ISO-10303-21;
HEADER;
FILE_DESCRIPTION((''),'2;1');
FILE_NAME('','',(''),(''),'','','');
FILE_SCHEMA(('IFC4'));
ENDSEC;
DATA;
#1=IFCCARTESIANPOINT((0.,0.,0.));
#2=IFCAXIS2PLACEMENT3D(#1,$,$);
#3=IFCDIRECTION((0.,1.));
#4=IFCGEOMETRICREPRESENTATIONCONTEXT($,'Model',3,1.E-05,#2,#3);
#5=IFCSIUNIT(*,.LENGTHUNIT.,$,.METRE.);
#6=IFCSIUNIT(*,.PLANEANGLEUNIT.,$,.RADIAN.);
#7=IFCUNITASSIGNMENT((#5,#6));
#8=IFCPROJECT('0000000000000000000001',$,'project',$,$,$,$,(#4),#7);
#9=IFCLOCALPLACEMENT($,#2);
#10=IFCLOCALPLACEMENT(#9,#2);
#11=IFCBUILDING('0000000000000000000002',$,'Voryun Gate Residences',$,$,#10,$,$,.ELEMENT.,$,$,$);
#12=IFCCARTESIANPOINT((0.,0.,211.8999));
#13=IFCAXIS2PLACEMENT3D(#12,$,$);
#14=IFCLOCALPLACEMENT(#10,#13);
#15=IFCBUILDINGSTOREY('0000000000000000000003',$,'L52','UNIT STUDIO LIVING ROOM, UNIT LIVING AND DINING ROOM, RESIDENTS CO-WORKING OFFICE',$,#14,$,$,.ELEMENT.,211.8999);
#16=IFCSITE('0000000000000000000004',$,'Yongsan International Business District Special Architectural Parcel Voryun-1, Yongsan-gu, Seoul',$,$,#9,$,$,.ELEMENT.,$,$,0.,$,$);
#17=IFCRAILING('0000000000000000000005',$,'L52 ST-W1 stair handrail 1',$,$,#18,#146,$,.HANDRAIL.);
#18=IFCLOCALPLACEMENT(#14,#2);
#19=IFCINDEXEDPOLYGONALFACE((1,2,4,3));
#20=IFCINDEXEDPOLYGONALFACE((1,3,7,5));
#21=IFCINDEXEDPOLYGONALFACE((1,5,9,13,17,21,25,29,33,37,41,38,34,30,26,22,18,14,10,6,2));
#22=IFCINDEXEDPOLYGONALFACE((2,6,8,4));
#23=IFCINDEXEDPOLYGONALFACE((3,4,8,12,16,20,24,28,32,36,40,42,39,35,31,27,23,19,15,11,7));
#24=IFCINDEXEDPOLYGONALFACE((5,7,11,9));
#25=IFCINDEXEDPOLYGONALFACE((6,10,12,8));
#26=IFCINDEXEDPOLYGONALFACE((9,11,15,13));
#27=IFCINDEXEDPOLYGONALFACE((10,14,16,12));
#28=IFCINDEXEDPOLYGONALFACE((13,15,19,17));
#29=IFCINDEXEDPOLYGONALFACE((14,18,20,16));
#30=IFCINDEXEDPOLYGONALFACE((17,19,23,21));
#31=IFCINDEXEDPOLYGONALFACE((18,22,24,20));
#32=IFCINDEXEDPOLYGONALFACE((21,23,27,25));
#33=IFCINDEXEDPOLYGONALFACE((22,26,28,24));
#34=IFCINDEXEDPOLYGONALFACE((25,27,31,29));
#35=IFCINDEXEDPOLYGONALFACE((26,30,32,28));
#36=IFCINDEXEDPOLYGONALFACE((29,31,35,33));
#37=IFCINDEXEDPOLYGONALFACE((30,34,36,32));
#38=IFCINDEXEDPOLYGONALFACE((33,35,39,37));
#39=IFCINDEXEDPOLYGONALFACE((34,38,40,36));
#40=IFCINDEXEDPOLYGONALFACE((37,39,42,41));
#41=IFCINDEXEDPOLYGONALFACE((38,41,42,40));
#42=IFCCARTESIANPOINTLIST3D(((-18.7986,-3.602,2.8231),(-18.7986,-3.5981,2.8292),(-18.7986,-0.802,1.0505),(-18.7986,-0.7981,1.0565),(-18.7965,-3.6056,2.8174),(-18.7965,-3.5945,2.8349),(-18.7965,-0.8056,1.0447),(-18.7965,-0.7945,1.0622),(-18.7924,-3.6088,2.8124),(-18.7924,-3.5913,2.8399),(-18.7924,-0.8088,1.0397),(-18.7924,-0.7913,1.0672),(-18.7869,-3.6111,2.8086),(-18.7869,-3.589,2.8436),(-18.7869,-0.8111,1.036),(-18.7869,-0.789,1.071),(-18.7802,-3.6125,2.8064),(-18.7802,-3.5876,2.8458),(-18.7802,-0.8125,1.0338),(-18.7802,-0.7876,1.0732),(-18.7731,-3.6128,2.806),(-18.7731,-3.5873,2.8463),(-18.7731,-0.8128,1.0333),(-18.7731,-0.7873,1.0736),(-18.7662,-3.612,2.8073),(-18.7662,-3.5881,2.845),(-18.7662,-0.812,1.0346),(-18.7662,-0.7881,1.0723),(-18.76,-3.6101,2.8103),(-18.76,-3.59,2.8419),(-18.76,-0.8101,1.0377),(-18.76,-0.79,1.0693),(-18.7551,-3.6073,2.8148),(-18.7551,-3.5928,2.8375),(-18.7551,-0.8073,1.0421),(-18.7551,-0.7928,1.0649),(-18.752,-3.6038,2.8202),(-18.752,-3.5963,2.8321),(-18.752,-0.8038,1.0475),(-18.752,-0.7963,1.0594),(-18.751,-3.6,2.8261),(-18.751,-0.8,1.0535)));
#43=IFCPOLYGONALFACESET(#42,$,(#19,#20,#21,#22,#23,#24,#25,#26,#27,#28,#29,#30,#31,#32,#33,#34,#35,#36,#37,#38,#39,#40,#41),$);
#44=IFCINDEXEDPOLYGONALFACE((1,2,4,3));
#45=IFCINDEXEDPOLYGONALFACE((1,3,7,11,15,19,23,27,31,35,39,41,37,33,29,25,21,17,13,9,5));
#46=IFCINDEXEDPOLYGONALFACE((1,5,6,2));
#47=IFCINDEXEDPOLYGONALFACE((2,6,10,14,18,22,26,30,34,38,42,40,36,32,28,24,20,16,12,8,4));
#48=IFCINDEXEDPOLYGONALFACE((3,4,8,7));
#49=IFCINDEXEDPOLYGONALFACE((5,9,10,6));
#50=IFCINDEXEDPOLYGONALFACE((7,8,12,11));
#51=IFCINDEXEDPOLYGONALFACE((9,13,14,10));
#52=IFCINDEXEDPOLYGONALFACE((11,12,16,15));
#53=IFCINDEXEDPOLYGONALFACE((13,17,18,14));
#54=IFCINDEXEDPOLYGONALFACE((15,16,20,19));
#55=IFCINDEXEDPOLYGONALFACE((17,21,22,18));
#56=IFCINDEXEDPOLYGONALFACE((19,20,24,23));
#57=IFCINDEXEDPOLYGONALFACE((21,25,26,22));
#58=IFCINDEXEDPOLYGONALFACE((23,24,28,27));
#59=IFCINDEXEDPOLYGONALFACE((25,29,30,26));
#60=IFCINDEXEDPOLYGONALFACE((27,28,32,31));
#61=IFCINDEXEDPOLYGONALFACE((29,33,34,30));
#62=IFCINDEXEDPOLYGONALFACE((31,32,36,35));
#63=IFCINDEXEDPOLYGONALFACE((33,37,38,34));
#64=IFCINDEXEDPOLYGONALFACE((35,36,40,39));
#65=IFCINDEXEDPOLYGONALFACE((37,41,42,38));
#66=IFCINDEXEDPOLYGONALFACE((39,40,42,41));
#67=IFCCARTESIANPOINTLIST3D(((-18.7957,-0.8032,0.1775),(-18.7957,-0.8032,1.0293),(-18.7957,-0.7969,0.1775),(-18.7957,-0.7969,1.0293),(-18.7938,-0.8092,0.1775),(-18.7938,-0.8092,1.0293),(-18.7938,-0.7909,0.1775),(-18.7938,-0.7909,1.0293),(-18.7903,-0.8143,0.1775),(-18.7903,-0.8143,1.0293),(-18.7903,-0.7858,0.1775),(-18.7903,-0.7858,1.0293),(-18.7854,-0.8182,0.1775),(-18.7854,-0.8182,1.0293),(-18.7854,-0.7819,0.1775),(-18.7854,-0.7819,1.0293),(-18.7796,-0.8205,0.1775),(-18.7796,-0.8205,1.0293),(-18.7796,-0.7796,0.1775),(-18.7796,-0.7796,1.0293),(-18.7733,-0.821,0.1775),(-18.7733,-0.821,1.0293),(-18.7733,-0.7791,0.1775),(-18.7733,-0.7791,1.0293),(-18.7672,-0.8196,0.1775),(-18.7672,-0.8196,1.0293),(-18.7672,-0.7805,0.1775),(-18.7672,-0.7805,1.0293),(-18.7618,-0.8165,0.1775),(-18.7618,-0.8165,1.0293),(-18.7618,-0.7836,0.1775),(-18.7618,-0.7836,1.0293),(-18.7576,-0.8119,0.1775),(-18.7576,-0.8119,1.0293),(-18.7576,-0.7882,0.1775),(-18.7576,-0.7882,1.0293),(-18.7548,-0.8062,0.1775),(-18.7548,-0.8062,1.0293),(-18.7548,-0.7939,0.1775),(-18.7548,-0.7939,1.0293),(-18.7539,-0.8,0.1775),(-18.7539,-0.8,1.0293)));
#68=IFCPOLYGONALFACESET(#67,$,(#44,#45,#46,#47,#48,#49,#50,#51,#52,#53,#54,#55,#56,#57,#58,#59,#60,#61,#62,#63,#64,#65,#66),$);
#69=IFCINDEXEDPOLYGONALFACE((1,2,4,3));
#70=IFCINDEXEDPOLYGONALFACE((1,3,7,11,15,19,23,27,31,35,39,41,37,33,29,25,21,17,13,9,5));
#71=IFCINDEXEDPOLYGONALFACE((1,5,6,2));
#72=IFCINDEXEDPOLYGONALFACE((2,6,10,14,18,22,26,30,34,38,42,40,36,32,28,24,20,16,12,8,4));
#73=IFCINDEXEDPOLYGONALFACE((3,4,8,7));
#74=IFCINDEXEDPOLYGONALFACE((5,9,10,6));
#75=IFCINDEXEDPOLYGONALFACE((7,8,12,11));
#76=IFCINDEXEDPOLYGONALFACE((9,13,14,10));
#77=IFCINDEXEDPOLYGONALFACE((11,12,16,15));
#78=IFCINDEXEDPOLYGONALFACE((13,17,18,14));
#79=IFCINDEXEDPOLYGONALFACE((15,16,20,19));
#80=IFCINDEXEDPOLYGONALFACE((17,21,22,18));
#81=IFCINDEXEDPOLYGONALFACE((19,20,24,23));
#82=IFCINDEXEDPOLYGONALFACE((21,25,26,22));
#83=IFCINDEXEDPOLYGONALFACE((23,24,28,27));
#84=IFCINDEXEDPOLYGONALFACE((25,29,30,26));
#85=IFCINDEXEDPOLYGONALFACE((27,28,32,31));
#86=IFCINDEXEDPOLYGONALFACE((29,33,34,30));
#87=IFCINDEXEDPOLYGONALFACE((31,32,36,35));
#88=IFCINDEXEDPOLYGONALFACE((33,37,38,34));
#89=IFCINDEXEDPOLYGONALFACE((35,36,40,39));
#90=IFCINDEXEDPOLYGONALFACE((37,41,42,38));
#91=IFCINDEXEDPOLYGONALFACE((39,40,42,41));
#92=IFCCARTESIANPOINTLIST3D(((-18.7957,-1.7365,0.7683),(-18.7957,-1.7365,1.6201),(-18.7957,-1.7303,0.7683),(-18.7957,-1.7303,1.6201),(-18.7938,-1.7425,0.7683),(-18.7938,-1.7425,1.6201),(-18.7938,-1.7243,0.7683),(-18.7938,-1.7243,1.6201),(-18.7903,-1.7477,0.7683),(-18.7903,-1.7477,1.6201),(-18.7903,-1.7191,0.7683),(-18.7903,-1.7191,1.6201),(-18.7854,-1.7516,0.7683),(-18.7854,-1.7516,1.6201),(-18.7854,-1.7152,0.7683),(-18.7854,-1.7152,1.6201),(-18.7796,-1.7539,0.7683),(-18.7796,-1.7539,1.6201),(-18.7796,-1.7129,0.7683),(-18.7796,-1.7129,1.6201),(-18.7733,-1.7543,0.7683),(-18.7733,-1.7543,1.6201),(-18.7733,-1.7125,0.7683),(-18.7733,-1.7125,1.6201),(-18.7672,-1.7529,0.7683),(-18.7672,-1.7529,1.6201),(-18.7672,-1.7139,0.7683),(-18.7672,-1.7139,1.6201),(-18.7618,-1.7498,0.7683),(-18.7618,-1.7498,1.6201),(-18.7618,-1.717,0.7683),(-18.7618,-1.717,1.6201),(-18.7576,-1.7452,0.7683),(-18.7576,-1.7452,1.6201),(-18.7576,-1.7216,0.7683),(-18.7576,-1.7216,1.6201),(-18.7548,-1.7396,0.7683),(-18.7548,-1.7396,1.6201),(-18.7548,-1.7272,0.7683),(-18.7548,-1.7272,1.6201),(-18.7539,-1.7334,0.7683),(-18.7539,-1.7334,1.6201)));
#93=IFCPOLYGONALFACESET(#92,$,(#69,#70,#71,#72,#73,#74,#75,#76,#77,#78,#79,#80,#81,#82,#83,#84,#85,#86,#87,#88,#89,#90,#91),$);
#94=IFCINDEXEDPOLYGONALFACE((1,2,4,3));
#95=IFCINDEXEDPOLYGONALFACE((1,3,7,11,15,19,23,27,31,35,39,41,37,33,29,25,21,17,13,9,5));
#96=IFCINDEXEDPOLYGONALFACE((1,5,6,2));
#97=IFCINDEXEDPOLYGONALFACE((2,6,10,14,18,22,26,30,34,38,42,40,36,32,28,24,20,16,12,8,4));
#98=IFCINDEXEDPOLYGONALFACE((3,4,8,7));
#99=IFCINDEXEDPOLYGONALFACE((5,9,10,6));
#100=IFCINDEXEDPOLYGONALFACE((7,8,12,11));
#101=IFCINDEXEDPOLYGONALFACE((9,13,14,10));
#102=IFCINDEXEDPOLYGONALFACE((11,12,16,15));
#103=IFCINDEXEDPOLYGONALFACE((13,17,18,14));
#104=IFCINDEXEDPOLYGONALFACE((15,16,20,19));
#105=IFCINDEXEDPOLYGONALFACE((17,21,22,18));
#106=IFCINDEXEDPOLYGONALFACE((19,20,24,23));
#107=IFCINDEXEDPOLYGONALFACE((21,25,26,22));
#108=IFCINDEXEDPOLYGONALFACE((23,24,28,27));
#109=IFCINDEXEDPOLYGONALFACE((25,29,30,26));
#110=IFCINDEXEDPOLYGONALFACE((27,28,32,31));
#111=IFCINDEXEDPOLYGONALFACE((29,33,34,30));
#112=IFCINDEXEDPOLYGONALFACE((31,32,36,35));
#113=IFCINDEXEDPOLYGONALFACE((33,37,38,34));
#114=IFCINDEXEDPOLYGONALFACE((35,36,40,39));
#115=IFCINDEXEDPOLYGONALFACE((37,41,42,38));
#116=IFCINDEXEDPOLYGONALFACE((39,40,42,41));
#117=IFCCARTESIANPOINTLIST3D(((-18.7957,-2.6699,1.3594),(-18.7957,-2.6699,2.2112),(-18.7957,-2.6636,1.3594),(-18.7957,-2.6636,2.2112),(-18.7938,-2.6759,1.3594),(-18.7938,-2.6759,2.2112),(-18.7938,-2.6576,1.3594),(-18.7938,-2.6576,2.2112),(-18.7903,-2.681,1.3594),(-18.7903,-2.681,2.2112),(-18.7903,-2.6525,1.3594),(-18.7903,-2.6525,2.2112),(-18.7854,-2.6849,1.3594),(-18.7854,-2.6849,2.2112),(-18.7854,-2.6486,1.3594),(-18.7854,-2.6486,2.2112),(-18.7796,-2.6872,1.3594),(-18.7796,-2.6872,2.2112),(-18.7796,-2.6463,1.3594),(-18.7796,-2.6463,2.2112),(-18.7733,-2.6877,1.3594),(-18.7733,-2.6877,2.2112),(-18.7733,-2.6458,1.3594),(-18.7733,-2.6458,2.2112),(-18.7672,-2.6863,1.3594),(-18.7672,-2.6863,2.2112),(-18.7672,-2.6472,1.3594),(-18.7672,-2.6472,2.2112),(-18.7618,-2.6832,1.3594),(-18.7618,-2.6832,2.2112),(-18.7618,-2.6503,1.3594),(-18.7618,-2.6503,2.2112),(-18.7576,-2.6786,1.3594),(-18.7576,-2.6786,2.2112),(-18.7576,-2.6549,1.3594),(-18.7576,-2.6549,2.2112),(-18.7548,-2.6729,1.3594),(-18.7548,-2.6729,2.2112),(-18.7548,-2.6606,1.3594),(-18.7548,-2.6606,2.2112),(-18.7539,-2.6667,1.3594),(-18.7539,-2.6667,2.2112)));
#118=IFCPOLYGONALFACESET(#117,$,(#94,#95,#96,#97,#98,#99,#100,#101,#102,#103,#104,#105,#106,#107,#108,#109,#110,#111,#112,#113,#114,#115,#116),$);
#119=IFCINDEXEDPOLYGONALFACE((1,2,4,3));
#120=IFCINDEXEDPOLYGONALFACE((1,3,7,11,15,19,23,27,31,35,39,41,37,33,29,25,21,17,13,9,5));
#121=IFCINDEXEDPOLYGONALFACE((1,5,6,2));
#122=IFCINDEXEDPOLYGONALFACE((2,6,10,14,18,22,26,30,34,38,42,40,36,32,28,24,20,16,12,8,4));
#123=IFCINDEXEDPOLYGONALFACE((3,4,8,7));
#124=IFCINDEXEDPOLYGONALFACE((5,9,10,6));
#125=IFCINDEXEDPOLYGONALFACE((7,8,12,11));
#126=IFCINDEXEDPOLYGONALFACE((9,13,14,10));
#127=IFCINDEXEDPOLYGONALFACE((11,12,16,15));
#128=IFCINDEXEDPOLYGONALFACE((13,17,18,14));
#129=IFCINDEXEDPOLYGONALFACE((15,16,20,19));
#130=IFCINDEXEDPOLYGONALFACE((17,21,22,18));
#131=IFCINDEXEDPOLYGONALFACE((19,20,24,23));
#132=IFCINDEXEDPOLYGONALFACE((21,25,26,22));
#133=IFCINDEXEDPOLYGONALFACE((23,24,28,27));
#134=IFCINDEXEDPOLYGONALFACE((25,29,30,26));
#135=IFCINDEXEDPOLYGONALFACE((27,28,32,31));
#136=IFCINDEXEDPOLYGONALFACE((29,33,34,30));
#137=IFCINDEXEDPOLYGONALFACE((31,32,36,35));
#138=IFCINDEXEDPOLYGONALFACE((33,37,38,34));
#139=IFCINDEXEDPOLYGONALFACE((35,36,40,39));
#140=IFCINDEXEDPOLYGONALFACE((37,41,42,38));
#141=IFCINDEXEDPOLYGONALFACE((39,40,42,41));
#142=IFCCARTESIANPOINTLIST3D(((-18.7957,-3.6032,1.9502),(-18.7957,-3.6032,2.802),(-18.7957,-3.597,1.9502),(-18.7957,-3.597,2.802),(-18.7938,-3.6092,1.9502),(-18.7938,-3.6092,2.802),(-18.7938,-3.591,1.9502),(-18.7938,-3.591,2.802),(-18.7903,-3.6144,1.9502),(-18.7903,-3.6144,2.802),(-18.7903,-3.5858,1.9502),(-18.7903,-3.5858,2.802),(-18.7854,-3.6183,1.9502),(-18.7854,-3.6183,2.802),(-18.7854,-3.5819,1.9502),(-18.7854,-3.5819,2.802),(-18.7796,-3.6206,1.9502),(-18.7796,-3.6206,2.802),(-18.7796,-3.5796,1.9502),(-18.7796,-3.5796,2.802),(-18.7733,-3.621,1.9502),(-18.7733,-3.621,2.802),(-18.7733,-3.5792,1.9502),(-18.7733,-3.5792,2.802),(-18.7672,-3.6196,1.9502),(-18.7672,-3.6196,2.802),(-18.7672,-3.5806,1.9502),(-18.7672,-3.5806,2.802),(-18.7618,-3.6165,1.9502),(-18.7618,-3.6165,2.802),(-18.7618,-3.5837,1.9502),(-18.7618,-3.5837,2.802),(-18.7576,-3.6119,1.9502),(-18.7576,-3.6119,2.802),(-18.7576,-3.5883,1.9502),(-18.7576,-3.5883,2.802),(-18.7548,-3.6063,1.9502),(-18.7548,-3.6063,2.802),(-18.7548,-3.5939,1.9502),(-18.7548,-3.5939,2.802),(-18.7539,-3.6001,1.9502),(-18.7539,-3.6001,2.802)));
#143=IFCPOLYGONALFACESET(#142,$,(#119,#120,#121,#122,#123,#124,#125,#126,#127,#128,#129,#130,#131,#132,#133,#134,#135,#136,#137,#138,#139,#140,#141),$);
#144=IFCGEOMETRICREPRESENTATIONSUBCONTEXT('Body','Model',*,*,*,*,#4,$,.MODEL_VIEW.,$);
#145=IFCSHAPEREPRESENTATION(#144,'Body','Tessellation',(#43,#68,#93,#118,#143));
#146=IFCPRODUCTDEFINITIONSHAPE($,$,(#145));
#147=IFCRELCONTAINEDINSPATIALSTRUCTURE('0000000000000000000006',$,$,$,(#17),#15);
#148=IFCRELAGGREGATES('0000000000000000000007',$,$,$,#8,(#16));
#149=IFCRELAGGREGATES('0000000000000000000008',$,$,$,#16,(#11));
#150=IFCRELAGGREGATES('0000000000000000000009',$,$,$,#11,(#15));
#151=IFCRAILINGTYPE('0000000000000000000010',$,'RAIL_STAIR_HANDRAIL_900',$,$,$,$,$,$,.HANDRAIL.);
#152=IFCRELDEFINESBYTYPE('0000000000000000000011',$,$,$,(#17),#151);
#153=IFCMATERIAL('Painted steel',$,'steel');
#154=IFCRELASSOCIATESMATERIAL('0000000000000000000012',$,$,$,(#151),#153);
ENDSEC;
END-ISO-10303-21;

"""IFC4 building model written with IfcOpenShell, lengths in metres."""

from ifc_helpers import new_model, si_unit, direction, frame, origin, origin_2d, place, context, subcontext, project, spatial, circle, extrude, material, type_object, element, save


model = new_model("IFC4")

# Units and contexts
model_context = context("Model", 3, precision=1e-05, world=origin(), true_north=direction((0.0, 1.0)))
body_context = subcontext(model_context, "Body", "Model", "MODEL_VIEW")
ifc_project = project(units=[si_unit("LENGTHUNIT", "METRE"), si_unit("PLANEANGLEUNIT", "RADIAN")], contexts=[model_context])

# Site, building, storey
site_placement = place(None, origin())
site = spatial("IfcSite", under=ifc_project, at=site_placement, Name="Yongsan International Business District Special Architectural Parcel Voryun-1, Yongsan-gu, Seoul", CompositionType="ELEMENT", RefElevation=0.0)
building_placement = place(site_placement, origin())
building = spatial("IfcBuilding", under=site, at=building_placement, Name="Voryun Gate Residences", CompositionType="ELEMENT")
storey_placement = place(building_placement, frame((0.0, 0.0, 211.8999)))
storey = spatial("IfcBuildingStorey", under=building, at=storey_placement, Name="L52", Description="UNIT STUDIO LIVING ROOM, UNIT LIVING AND DINING ROOM, RESIDENTS CO-WORKING OFFICE", CompositionType="ELEMENT", Elevation=211.8999)

# Railing
ifc_material_1 = material(Name="Painted steel", Category="steel")
railing_type_1 = type_object("IfcRailingType", Name="RAIL_STAIR_HANDRAIL_900", PredefinedType="HANDRAIL", material=ifc_material_1)
railing_1_placement = place(storey_placement, frame((-18.7749, -0.8, 0.1775)))
element("IfcRailing", 1, at=railing_1_placement, inside=storey, type_object=railing_type_1, Name="L52 ST-W1 stair handrail 1", PredefinedType="HANDRAIL", context=body_context, shape_type="SweptSolid", body=[
    extrude(circle(Radius=0.0239, at=origin_2d()), frame((0.0, 0.0, 0.876), z_axis=(0.0, -0.844909, 0.53491), x_axis=(1.0, 0.0, 0.0)), (0.0, 0.0, 1.0), 3.314),
    extrude(circle(Radius=0.021, at=origin_2d()), origin(), (0.0, 0.0, 1.0), 0.8518),
    extrude(circle(Radius=0.021, at=origin_2d()), frame((0.0, -0.9333, 0.5908)), (0.0, 0.0, 1.0), 0.8518),
    extrude(circle(Radius=0.021, at=origin_2d()), frame((0.0, -1.8667, 1.1819)), (0.0, 0.0, 1.0), 0.8518),
    extrude(circle(Radius=0.021, at=origin_2d()), frame((0.0, -2.8, 1.7727)), (0.0, 0.0, 1.0), 0.8518),
])

save(model, "model.ifc")
